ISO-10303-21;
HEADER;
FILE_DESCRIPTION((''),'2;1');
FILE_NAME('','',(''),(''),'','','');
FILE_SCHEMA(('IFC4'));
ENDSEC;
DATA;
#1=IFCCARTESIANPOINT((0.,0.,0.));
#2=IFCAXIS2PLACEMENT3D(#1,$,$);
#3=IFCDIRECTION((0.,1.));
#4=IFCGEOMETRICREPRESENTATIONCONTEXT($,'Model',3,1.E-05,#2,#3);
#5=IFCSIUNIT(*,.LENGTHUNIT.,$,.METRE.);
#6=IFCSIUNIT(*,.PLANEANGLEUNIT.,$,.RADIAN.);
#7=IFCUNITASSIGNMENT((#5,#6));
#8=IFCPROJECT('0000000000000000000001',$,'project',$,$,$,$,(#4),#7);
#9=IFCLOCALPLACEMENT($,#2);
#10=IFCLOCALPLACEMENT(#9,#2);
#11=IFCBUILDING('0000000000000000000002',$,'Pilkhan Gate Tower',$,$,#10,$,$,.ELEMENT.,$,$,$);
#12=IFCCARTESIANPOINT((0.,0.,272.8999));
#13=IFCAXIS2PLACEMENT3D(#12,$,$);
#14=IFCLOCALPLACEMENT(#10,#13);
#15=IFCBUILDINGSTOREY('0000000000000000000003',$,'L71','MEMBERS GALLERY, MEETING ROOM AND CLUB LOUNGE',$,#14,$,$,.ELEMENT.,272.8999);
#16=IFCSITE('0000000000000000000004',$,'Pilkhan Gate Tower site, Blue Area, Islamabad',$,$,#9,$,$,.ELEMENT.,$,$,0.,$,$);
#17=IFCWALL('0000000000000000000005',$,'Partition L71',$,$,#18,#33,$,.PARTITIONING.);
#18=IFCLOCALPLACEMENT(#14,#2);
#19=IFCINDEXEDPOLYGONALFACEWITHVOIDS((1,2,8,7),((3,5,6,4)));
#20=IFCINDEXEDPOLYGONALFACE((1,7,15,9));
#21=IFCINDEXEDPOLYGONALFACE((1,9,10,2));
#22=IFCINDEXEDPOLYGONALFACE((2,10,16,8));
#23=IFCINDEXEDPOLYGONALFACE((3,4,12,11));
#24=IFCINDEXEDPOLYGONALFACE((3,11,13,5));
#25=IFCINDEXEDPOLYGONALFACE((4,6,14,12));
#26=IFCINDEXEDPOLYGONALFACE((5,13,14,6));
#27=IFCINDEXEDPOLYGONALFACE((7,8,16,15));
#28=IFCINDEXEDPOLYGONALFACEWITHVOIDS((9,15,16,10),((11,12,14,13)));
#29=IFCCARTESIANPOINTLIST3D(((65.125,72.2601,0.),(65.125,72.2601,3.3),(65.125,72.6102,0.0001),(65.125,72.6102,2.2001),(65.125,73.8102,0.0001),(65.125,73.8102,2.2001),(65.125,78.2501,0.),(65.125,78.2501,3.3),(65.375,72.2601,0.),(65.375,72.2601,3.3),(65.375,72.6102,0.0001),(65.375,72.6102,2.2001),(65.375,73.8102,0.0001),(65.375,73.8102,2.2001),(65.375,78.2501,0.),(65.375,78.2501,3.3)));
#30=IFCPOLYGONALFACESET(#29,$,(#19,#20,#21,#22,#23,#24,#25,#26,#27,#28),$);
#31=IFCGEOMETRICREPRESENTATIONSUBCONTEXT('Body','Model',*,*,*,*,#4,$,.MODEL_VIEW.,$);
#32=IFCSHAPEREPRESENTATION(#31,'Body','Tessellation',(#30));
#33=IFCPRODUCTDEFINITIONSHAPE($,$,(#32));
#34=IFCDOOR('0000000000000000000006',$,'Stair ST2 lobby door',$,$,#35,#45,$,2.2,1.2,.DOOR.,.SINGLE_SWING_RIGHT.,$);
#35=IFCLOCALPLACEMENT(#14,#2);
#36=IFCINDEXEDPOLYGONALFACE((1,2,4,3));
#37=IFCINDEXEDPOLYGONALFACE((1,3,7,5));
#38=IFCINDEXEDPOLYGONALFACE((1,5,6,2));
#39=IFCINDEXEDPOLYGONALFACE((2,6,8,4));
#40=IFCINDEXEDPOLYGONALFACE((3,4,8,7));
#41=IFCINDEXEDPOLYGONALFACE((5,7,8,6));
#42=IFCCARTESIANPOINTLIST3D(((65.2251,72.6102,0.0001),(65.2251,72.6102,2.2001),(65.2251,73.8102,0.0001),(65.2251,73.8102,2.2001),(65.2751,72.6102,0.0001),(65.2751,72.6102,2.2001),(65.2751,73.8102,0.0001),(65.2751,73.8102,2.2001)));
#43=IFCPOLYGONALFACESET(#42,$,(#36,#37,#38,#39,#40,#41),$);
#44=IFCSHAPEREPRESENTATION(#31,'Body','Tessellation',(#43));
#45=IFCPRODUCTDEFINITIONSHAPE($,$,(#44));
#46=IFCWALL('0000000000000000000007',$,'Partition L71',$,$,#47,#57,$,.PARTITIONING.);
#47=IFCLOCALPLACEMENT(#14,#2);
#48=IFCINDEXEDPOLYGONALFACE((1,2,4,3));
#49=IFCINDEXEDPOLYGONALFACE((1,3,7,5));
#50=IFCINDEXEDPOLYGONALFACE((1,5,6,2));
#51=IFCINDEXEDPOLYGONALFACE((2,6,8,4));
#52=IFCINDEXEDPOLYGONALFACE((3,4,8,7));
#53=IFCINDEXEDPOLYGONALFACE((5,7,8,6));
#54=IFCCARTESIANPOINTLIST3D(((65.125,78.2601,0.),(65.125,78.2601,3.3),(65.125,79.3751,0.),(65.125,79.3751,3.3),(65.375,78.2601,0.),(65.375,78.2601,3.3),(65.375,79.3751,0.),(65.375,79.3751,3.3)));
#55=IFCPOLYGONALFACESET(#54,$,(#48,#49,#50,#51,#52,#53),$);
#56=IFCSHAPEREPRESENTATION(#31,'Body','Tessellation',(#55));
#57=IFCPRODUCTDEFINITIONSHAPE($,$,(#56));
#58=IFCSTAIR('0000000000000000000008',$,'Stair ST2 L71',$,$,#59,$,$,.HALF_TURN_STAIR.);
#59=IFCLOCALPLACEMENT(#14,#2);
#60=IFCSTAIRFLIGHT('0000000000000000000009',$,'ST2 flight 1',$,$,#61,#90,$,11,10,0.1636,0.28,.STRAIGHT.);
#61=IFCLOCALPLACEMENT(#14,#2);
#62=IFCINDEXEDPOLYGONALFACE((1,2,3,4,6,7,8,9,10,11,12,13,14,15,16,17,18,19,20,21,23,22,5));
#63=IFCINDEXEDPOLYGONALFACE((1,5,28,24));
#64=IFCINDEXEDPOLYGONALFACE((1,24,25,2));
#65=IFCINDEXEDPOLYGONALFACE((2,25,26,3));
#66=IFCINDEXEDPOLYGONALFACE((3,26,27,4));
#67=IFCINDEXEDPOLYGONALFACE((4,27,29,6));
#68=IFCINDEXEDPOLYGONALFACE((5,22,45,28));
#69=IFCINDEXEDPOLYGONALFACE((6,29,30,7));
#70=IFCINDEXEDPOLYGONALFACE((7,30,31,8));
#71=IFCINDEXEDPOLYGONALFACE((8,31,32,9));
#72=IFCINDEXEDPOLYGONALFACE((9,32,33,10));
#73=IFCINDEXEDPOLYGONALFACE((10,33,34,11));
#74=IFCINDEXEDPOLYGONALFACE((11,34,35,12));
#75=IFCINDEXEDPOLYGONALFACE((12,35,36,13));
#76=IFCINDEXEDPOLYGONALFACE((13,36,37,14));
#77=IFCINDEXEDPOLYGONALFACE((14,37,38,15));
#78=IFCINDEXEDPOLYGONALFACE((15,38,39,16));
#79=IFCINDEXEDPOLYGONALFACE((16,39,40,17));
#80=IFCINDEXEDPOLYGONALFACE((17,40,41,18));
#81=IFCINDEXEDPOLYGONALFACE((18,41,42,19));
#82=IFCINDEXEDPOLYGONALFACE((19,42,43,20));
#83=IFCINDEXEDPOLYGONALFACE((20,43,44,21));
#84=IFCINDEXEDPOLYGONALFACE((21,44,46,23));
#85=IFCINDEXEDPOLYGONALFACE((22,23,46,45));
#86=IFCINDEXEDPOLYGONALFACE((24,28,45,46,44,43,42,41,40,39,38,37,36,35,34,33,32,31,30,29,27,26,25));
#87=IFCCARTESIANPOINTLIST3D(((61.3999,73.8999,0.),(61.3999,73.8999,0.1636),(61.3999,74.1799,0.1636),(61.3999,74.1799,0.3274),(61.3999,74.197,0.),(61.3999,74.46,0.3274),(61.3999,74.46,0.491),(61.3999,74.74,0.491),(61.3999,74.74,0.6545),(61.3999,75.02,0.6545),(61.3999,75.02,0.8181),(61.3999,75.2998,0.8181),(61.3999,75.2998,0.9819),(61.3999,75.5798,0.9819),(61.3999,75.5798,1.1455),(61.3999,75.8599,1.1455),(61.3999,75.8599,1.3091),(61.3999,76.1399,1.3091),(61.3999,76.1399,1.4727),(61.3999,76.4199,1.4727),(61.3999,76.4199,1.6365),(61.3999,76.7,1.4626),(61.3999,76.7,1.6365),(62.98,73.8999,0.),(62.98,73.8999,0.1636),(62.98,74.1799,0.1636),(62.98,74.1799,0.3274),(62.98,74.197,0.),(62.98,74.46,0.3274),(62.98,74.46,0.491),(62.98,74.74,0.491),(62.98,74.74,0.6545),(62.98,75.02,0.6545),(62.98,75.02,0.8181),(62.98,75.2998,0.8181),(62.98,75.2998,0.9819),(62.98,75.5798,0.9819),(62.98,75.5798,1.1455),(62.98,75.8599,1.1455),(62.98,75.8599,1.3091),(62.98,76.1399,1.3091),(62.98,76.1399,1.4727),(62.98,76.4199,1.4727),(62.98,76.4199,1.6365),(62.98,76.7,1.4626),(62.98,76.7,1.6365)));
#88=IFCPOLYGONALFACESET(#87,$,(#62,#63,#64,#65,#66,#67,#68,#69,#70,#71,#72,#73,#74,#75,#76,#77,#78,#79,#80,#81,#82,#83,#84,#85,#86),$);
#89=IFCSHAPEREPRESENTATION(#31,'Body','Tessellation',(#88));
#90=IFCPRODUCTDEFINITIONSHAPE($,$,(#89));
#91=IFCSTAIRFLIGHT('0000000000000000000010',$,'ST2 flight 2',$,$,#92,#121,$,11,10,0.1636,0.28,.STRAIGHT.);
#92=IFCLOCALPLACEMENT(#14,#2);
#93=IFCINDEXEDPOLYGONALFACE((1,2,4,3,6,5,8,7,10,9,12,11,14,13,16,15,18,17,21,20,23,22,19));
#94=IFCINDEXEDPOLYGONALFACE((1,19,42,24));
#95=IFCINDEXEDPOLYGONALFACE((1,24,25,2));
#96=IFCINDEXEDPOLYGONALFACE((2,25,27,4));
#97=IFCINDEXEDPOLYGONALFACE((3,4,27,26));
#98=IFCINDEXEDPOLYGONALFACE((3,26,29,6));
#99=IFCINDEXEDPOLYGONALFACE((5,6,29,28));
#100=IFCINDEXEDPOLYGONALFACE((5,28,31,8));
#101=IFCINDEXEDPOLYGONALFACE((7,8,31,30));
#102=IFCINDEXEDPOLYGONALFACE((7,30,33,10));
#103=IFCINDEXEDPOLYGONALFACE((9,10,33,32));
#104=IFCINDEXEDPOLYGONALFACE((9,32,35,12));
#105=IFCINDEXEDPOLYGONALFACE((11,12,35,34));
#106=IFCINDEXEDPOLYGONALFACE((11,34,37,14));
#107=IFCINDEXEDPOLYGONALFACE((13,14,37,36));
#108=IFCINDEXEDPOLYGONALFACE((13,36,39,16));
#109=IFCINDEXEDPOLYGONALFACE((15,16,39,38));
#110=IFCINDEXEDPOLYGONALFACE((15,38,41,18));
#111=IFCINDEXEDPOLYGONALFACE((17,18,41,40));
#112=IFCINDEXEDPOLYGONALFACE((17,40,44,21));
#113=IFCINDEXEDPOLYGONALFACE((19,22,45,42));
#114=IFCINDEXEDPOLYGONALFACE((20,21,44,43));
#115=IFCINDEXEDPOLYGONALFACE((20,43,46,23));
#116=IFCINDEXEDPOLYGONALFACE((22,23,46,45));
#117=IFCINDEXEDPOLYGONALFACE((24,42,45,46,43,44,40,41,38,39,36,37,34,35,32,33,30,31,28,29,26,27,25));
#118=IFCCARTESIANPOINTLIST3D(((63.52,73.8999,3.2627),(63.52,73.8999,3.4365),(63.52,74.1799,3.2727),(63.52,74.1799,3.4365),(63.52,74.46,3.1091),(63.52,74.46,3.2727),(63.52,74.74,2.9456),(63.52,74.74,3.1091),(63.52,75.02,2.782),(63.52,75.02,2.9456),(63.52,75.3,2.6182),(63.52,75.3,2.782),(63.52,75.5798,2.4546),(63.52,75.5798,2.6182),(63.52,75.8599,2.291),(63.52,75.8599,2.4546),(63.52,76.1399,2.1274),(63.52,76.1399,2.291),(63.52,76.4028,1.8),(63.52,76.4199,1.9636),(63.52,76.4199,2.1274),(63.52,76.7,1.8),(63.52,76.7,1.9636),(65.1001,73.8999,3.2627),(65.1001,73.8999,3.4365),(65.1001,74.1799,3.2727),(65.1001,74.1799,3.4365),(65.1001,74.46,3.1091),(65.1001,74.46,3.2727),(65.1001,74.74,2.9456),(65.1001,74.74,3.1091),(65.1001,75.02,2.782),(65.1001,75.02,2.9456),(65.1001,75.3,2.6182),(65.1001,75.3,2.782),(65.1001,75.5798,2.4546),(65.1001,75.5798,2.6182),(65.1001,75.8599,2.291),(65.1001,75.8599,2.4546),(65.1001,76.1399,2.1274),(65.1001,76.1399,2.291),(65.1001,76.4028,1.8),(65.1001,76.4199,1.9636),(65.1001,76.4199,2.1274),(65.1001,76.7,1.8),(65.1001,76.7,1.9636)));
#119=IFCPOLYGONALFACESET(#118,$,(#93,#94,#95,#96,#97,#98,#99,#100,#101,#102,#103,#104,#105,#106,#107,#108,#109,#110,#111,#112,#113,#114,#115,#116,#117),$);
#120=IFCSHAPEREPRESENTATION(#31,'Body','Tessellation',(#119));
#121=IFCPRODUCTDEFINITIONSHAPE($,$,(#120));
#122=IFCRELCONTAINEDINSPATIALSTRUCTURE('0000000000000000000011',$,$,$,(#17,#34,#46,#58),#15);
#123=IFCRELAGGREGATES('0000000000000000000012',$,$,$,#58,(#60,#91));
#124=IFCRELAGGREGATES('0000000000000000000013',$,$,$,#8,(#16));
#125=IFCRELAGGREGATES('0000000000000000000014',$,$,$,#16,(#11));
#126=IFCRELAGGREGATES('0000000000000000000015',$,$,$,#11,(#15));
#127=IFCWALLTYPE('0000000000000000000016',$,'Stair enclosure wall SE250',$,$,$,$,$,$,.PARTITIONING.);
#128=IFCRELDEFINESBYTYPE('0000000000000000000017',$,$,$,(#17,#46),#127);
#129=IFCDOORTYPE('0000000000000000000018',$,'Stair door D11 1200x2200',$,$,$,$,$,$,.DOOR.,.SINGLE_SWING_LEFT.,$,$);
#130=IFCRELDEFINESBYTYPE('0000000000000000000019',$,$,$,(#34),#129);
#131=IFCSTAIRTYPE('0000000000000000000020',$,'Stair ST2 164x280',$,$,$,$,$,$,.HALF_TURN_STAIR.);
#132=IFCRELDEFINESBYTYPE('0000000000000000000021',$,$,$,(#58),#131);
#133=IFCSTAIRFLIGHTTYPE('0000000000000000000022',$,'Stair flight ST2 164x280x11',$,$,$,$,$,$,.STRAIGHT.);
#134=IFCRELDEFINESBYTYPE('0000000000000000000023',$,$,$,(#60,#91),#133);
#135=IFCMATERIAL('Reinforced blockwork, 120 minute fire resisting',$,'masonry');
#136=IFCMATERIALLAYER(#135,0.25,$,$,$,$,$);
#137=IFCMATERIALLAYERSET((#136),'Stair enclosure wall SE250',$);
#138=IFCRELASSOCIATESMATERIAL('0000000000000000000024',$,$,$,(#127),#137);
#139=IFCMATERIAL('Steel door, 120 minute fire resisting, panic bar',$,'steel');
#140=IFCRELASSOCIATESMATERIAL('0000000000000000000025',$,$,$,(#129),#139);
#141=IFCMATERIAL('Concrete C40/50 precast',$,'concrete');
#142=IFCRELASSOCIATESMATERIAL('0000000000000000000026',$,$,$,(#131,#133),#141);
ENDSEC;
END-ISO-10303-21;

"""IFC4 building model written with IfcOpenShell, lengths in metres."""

from ifc_helpers import new_model, si_unit, direction, frame, frame_2d, origin, place, context, subcontext, project, spatial, polyline, rectangle, outline, extrude, material, layer, layer_set, type_object, element, fill, aggregate, save


model = new_model("IFC4")

# Units and contexts
model_context = context("Model", 3, precision=1e-05, world=origin(), true_north=direction((0.0, 1.0)))
body_context = subcontext(model_context, "Body", "Model", "MODEL_VIEW")
ifc_project = project(units=[si_unit("LENGTHUNIT", "METRE"), si_unit("PLANEANGLEUNIT", "RADIAN")], contexts=[model_context])

# Site, building, storey
site_placement = place(None, origin())
site = spatial("IfcSite", under=ifc_project, at=site_placement, Name="Pilkhan Gate Tower site, Blue Area, Islamabad", CompositionType="ELEMENT", RefElevation=0.0)
building_placement = place(site_placement, origin())
building = spatial("IfcBuilding", under=site, at=building_placement, Name="Pilkhan Gate Tower", CompositionType="ELEMENT")
storey_placement = place(building_placement, frame((0.0, 0.0, 272.8999)))
storey = spatial("IfcBuildingStorey", under=building, at=storey_placement, Name="L71", Description="MEMBERS GALLERY, MEETING ROOM AND CLUB LOUNGE", CompositionType="ELEMENT", Elevation=272.8999)

# Shared definitions
ifc_material_1 = material(Name="Reinforced blockwork, 120 minute fire resisting", Category="masonry")
ifc_layer_1 = layer(ifc_material_1, 0.25)
ifc_layer_set_1 = layer_set([ifc_layer_1], Name="Stair enclosure wall SE250")
wall_type_1 = type_object("IfcWallType", Name="Stair enclosure wall SE250", PredefinedType="PARTITIONING", material=ifc_layer_set_1)

# Wall, opening, door
wall_1_placement = place(storey_placement, frame((65.25, 72.26, 0.0), z_axis=(0.0, 0.0, 1.0), x_axis=(0.0, 1.0, 0.0)))
wall_1 = element("IfcWall", 1, at=wall_1_placement, inside=storey, type_object=wall_type_1, Name="Partition L71", PredefinedType="PARTITIONING", context=body_context, shape_type="SweptSolid", body=[
    extrude(rectangle(XDim=5.99, YDim=0.25, at=frame_2d((2.9951, 0.0))), origin(), (0.0, 0.0, 1.0), 3.3),
])
opening_1_placement = place(wall_1_placement, frame((0.3501, 0.0, 0.0)))
opening_1 = element("IfcOpeningElement", 2, at=opening_1_placement, cuts=wall_1, PredefinedType="OPENING", context=body_context, shape_type="SweptSolid", body=[
    extrude(rectangle(XDim=1.2, YDim=2.2, at=frame_2d((0.6001, 1.1001))), frame((0.0, 0.135, 0.0), z_axis=(0.0, -1.0, 0.0), x_axis=(1.0, 0.0, 0.0)), (0.0, 0.0, 1.0), 0.27),
])
ifc_material_2 = material(Name="Steel door, 120 minute fire resisting, panic bar", Category="steel")
door_type_1 = type_object("IfcDoorType", Name="Stair door D11 1200x2200", OperationType="SINGLE_SWING_LEFT", PredefinedType="DOOR", material=ifc_material_2)
door_1_placement = place(opening_1_placement, origin())
door_1 = element("IfcDoor", 3, at=door_1_placement, inside=storey, type_object=door_type_1, Name="Stair ST2 lobby door", OperationType="SINGLE_SWING_RIGHT", OverallHeight=2.2, OverallWidth=1.2, PredefinedType="DOOR", context=body_context, shape_type="SweptSolid", body=[
    extrude(rectangle(XDim=1.2, YDim=2.2, at=frame_2d((0.6001, 1.1001))), frame((0.0, 0.0249, 0.0), z_axis=(0.0, -1.0, 0.0), x_axis=(1.0, 0.0, 0.0)), (0.0, 0.0, 1.0), 0.05),
])
fill(opening_1, door_1)

# Wall
wall_2_placement = place(storey_placement, frame((65.25, 78.26, 0.0), z_axis=(0.0, 0.0, 1.0), x_axis=(0.0, 1.0, 0.0)))
element("IfcWall", 4, at=wall_2_placement, inside=storey, type_object=wall_type_1, Name="Partition L71", PredefinedType="PARTITIONING", context=body_context, shape_type="SweptSolid", body=[
    extrude(rectangle(XDim=1.115, YDim=0.25, at=frame_2d((0.5576, 0.0))), origin(), (0.0, 0.0, 1.0), 3.3),
])

# Stair, stair flights
ifc_material_3 = material(Name="Concrete C40/50 precast", Category="concrete")
stair_type = type_object("IfcStairType", Name="Stair ST2 164x280", PredefinedType="HALF_TURN_STAIR", material=ifc_material_3)
stair_placement = place(storey_placement, origin())
stair = element("IfcStair", 5, at=stair_placement, inside=storey, type_object=stair_type, Name="Stair ST2 L71", PredefinedType="HALF_TURN_STAIR")
stair_flight_type = type_object("IfcStairFlightType", Name="Stair flight ST2 164x280x11", PredefinedType="STRAIGHT", material=ifc_material_3)
stair_flight_1_placement = place(storey_placement, frame((62.1899, 73.8999, 0.0), z_axis=(0.0, 0.0, 1.0), x_axis=(0.0, 1.0, 0.0)))
stair_flight_1 = element("IfcStairFlight", 6, at=stair_flight_1_placement, type_object=stair_flight_type, Name="ST2 flight 1", NumberOfRisers=11, NumberOfTreads=10, PredefinedType="STRAIGHT", RiserHeight=0.1636, TreadLength=0.28, context=body_context, shape_type="SweptSolid", body=[
    extrude(outline(polyline([(0.0, 0.0), (0.0, 0.1636), (0.28, 0.1636), (0.28, 0.3274), (0.5601, 0.3274), (0.5601, 0.491), (0.8401, 0.491), (0.8401, 0.6545), (1.1201, 0.6545), (1.1201, 0.8181), (1.3999, 0.8181), (1.3999, 0.9819), (1.6799, 0.9819), (1.6799, 1.1455), (1.96, 1.1455), (1.96, 1.3091), (2.24, 1.3091), (2.24, 1.4727), (2.52, 1.4727), (2.52, 1.6365), (2.8, 1.6365), (2.8, 1.8), (2.8, 1.4626), (0.2971, 0.0), (0.0, 0.0)])), frame((0.0, 0.79, 0.0), z_axis=(0.0, -1.0, 0.0), x_axis=(1.0, 0.0, 0.0)), (0.0, 0.0, 1.0), 1.5801),
])
stair_flight_2_placement = place(storey_placement, frame((64.3101, 76.7, 1.8), z_axis=(0.0, 0.0, 1.0), x_axis=(0.0, -1.0, 0.0)))
stair_flight_2 = element("IfcStairFlight", 7, at=stair_flight_2_placement, type_object=stair_flight_type, Name="ST2 flight 2", NumberOfRisers=11, NumberOfTreads=10, PredefinedType="STRAIGHT", RiserHeight=0.1636, TreadLength=0.28, context=body_context, shape_type="SweptSolid", body=[
    extrude(outline(polyline([(0.0, 0.0), (0.0, 0.1636), (0.28, 0.1636), (0.28, 0.3274), (0.5601, 0.3274), (0.5601, 0.491), (0.8401, 0.491), (0.8401, 0.6545), (1.1201, 0.6545), (1.1201, 0.8181), (1.3999, 0.8181), (1.3999, 0.9819), (1.6799, 0.9819), (1.6799, 1.1455), (1.96, 1.1455), (1.96, 1.3091), (2.24, 1.3091), (2.24, 1.4727), (2.52, 1.4727), (2.52, 1.6365), (2.8, 1.6365), (2.8, 1.8), (2.8, 1.4626), (0.2971, 0.0), (0.0, 0.0)])), frame((0.0, 0.79, 0.0), z_axis=(0.0, -1.0, 0.0), x_axis=(1.0, 0.0, 0.0)), (0.0, 0.0, 1.0), 1.5801),
])
aggregate(stair, [stair_flight_1, stair_flight_2])

save(model, "model.ifc")
